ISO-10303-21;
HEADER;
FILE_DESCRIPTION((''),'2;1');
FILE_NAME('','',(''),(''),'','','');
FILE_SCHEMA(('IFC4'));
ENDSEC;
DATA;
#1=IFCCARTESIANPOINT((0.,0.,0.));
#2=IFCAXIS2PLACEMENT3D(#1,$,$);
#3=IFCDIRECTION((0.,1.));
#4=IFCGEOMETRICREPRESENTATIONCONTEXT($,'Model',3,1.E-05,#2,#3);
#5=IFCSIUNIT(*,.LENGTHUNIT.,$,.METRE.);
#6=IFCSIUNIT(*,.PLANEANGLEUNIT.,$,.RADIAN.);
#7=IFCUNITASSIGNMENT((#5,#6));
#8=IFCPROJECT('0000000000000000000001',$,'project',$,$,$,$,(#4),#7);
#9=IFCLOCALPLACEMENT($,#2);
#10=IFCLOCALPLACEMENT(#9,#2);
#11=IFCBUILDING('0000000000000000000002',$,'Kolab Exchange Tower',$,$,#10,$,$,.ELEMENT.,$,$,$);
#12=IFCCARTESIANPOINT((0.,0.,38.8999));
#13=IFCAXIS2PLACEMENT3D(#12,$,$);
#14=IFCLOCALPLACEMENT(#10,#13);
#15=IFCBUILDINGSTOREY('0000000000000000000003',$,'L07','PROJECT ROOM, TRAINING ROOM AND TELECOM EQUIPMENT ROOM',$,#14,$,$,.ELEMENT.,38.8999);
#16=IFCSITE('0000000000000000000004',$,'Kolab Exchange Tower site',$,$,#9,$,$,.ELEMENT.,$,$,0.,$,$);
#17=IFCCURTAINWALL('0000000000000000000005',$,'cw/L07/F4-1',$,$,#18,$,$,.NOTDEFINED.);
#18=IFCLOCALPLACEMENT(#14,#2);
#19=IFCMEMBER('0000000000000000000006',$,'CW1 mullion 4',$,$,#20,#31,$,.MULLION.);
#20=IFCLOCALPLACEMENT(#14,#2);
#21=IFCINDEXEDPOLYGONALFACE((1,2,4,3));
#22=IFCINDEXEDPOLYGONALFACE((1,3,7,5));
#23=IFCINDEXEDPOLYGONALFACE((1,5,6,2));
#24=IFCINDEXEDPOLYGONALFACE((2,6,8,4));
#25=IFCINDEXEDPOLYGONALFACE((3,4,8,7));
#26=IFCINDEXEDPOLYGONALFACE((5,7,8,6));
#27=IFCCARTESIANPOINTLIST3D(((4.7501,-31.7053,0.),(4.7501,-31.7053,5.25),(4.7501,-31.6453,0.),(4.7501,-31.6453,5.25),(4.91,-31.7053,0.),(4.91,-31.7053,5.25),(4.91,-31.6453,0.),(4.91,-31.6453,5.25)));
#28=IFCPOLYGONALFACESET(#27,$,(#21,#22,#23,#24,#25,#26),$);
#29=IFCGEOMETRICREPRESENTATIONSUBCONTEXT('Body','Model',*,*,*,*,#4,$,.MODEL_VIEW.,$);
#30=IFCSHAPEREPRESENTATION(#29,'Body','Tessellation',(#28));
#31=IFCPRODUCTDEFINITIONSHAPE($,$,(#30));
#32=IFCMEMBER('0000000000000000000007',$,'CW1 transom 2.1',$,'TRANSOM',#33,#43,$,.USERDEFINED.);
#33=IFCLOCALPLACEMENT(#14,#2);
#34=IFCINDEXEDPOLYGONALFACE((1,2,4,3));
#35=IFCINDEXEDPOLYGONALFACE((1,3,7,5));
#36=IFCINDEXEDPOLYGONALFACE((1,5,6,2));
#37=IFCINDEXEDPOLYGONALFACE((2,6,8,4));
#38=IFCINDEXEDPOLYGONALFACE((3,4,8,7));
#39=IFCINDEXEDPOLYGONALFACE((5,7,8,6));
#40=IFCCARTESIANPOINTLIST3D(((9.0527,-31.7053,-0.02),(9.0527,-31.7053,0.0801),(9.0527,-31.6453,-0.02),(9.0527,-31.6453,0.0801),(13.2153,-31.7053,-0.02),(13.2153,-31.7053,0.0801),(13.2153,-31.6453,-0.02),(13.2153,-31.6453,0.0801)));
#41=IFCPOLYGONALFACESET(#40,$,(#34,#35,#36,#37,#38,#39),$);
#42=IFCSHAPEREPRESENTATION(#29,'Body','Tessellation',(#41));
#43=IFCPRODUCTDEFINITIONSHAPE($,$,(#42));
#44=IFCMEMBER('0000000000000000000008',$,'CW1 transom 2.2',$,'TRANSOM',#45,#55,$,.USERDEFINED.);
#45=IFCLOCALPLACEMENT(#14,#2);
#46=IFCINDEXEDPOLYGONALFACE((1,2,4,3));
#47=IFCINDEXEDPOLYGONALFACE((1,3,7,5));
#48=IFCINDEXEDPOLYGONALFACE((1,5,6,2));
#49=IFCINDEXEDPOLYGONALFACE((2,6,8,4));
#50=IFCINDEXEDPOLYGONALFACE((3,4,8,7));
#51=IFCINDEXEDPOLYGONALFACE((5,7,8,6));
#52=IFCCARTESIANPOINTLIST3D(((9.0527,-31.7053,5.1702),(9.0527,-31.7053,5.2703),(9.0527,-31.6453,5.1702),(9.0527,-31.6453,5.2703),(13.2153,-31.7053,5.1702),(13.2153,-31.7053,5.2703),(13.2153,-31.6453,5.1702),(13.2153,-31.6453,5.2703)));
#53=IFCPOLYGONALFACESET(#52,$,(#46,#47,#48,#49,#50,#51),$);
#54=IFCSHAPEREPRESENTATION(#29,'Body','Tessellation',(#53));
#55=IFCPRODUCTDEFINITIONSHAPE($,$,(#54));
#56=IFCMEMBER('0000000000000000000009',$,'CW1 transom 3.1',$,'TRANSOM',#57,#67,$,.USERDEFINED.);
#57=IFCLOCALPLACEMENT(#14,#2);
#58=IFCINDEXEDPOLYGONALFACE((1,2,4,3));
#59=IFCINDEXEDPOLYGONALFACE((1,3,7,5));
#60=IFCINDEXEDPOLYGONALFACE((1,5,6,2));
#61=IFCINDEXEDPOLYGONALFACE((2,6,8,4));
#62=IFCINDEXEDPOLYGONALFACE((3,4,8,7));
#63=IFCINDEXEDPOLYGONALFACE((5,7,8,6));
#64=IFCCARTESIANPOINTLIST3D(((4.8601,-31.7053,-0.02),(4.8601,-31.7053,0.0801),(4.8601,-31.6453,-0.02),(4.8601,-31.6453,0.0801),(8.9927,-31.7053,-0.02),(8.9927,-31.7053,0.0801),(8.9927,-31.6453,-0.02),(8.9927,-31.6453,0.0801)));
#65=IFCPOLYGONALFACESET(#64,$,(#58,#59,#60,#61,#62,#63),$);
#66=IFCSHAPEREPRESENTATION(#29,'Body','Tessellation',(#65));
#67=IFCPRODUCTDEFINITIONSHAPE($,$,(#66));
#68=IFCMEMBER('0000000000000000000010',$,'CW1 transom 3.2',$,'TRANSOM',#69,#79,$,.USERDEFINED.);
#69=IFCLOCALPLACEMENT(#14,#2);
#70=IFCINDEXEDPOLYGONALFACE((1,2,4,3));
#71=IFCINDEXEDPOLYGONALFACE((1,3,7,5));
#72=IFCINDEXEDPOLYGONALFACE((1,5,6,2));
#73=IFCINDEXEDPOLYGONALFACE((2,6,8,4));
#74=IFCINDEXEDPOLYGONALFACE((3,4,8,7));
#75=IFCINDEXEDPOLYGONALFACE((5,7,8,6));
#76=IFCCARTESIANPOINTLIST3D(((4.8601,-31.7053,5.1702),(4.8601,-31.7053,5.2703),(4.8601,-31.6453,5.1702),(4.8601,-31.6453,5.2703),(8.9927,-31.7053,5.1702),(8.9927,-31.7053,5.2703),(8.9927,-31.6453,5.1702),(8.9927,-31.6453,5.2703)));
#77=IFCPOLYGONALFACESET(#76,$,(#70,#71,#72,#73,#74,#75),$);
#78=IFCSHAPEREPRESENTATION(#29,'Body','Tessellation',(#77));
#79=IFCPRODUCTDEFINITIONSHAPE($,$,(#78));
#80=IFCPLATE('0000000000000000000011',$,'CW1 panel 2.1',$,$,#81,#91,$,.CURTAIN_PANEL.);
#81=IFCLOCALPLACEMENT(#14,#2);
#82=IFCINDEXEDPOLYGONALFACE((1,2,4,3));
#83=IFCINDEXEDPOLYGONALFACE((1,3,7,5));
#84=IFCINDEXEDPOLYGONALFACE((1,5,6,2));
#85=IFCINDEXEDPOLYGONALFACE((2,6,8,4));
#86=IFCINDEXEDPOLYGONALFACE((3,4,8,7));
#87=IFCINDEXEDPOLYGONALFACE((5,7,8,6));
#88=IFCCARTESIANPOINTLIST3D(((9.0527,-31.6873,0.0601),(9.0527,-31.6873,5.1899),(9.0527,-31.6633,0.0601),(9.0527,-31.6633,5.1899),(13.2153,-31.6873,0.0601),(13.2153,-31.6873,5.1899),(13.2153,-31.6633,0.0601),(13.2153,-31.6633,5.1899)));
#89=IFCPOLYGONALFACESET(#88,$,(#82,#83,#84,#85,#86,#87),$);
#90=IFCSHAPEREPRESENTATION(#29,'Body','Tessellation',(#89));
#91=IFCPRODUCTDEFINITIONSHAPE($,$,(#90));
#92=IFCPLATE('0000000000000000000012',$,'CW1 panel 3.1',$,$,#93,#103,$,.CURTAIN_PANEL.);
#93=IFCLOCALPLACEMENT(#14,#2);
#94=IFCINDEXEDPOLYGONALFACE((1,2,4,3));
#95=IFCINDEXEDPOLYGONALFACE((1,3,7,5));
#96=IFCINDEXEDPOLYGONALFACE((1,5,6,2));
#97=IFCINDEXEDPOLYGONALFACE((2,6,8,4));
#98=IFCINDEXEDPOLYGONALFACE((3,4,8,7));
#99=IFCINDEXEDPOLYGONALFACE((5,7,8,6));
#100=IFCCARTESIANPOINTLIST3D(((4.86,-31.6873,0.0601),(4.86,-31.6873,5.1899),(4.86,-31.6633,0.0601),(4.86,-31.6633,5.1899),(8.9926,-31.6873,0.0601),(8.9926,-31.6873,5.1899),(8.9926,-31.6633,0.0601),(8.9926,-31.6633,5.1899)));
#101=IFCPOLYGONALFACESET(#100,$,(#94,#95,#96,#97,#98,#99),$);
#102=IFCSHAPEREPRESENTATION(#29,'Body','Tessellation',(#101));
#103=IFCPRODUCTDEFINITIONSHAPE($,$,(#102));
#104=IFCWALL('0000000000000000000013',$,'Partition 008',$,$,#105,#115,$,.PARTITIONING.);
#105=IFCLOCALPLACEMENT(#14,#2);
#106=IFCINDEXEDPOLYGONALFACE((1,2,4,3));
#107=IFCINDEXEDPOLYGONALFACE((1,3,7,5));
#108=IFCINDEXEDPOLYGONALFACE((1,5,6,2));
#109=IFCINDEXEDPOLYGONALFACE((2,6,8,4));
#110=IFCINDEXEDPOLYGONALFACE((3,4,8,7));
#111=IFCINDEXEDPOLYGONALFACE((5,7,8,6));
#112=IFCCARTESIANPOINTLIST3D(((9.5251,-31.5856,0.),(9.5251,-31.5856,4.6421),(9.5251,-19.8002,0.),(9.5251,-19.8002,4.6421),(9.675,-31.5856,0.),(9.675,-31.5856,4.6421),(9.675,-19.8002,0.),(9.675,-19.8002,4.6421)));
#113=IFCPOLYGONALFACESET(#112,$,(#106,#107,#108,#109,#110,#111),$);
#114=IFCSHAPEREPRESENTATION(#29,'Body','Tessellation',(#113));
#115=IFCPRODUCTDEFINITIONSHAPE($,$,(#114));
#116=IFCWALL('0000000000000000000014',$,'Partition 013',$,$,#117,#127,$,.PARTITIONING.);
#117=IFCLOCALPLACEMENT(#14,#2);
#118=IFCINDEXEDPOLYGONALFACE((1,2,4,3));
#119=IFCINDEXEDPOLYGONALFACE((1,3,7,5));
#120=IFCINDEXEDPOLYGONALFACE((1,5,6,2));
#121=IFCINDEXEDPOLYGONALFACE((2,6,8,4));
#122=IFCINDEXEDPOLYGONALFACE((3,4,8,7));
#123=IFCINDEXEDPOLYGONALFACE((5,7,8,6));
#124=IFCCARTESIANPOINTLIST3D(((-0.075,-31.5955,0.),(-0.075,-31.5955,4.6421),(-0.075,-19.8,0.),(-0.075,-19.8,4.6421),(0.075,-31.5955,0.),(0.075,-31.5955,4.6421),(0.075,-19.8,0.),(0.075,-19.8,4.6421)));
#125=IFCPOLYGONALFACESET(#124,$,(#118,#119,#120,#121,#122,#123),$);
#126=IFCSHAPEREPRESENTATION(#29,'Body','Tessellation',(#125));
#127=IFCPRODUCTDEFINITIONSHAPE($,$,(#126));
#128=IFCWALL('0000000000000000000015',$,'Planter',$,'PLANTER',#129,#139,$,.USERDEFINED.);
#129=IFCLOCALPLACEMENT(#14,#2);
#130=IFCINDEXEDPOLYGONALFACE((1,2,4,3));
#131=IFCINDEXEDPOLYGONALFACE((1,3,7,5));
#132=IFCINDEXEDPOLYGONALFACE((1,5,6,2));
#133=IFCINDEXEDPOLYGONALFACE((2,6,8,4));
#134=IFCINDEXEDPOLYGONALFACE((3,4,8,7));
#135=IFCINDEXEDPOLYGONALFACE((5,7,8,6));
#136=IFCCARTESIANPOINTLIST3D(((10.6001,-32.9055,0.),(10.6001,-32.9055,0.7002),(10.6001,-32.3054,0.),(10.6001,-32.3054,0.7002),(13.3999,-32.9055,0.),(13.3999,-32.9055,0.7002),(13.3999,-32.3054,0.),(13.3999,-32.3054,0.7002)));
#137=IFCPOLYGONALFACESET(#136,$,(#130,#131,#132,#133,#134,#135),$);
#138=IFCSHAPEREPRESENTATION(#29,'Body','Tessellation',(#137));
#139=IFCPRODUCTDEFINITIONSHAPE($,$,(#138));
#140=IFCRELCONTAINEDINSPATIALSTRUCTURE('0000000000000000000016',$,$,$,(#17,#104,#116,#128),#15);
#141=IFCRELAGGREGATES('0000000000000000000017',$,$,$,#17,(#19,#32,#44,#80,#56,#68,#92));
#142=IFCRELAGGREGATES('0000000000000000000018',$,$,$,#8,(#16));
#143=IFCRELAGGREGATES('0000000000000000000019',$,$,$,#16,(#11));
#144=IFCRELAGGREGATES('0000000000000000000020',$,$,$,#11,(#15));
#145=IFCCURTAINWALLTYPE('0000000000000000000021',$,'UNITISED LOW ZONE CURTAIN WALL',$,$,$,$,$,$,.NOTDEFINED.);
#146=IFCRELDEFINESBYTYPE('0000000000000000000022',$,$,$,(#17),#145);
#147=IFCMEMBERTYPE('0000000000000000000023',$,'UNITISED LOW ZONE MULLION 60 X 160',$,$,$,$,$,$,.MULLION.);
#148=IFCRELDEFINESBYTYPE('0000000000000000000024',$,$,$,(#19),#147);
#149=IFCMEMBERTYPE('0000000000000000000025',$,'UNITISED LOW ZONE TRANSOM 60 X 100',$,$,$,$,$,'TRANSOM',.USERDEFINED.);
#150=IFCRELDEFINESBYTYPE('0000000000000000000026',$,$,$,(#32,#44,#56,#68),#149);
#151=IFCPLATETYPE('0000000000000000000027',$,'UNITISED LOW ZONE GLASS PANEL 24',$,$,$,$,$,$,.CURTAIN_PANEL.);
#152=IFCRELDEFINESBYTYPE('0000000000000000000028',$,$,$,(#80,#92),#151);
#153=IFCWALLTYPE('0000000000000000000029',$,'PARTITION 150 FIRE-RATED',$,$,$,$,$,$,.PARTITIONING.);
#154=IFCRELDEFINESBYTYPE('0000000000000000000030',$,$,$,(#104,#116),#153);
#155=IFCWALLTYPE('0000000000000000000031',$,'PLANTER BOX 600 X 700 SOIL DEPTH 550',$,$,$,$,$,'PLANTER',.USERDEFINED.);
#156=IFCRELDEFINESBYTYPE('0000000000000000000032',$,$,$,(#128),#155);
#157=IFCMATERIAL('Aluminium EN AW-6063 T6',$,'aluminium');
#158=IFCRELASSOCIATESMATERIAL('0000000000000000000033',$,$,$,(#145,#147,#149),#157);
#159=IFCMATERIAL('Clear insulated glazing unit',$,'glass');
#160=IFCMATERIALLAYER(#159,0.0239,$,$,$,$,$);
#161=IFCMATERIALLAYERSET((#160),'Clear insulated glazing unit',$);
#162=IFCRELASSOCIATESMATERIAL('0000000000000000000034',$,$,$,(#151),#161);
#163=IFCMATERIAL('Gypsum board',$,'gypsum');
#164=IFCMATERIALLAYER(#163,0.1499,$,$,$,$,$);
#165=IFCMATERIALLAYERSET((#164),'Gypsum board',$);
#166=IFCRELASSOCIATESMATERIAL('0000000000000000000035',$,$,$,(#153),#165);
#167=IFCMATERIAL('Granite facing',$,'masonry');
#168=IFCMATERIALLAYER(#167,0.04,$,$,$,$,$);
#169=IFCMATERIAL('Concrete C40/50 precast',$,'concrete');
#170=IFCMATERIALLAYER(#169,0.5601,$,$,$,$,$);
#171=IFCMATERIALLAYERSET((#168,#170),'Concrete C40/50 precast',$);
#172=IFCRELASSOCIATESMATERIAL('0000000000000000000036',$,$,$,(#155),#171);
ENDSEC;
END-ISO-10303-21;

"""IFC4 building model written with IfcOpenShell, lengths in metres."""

from ifc_helpers import new_model, si_unit, direction, frame, frame_2d, origin, origin_2d, place, context, subcontext, project, spatial, rectangle, extrude, material, layer, layer_set, material_profile, profile_set, type_object, element, aggregate, save


model = new_model("IFC4")

# Units and contexts
model_context = context("Model", 3, precision=1e-05, world=origin(), true_north=direction((0.0, 1.0)))
body_context = subcontext(model_context, "Body", "Model", "MODEL_VIEW")
ifc_project = project(units=[si_unit("LENGTHUNIT", "METRE"), si_unit("PLANEANGLEUNIT", "RADIAN")], contexts=[model_context])

# Site, building, storey
site_placement = place(None, origin())
site = spatial("IfcSite", under=ifc_project, at=site_placement, Name="Kolab Exchange Tower site", CompositionType="ELEMENT", RefElevation=0.0)
building_placement = place(site_placement, origin())
building = spatial("IfcBuilding", under=site, at=building_placement, Name="Kolab Exchange Tower", CompositionType="ELEMENT")
storey_placement = place(building_placement, frame((0.0, 0.0, 38.8999)))
storey = spatial("IfcBuildingStorey", under=building, at=storey_placement, Name="L07", Description="PROJECT ROOM, TRAINING ROOM AND TELECOM EQUIPMENT ROOM", CompositionType="ELEMENT", Elevation=38.8999)

# Curtain wall, members, plates
ifc_material_1 = material(Name="Aluminium EN AW-6063 T6", Category="aluminium")
curtain_wall_type = type_object("IfcCurtainWallType", Name="UNITISED LOW ZONE CURTAIN WALL", PredefinedType="NOTDEFINED", material=ifc_material_1)
curtain_wall_placement = place(storey_placement, origin())
curtain_wall = element("IfcCurtainWall", 1, at=curtain_wall_placement, inside=storey, type_object=curtain_wall_type, Name="cw/L07/F4-1", PredefinedType="NOTDEFINED")
ifc_material_profile_1 = material_profile(ifc_material_1, rectangle(XDim=0.0601, YDim=0.1599, at=origin_2d()), Name="RECT 60X160")
ifc_profile_set_1 = profile_set([ifc_material_profile_1], Name="Aluminium EN AW-6063 T6")
member_type_1 = type_object("IfcMemberType", Name="UNITISED LOW ZONE MULLION 60 X 160", PredefinedType="MULLION", material=ifc_profile_set_1)
member_1_placement = place(storey_placement, frame((4.8301, -31.6753, 0.0), z_axis=(0.0, 0.0, 1.0), x_axis=(0.0, -1.0, 0.0)))
member_1 = element("IfcMember", 2, at=member_1_placement, type_object=member_type_1, Name="CW1 mullion 4", PredefinedType="MULLION", context=body_context, shape_type="SweptSolid", body=[
    extrude(rectangle(XDim=0.0601, YDim=0.1599, at=origin_2d()), origin(), (0.0, 0.0, 1.0), 5.25),
])
ifc_material_profile_2 = material_profile(ifc_material_1, rectangle(XDim=0.0601, YDim=0.1001, at=origin_2d()), Name="RECT 60X100")
ifc_profile_set_2 = profile_set([ifc_material_profile_2], Name="Aluminium EN AW-6063 T6")
member_type_2 = type_object("IfcMemberType", Name="UNITISED LOW ZONE TRANSOM 60 X 100", ElementType="TRANSOM", PredefinedType="USERDEFINED", material=ifc_profile_set_2)
member_2_placement = place(storey_placement, frame((13.2153, -31.6753, 0.03), z_axis=(-1.0, 0.0, 0.0), x_axis=(0.0, -1.0, 0.0)))
member_2 = element("IfcMember", 3, at=member_2_placement, type_object=member_type_2, Name="CW1 transom 2.1", ObjectType="TRANSOM", PredefinedType="USERDEFINED", context=body_context, shape_type="SweptSolid", body=[
    extrude(rectangle(XDim=0.0601, YDim=0.1001, at=origin_2d()), origin(), (0.0, 0.0, 1.0), 4.1626),
])
member_3_placement = place(storey_placement, frame((13.2153, -31.6753, 5.2202), z_axis=(-1.0, 0.0, 0.0), x_axis=(0.0, -1.0, 0.0)))
member_3 = element("IfcMember", 4, at=member_3_placement, type_object=member_type_2, Name="CW1 transom 2.2", ObjectType="TRANSOM", PredefinedType="USERDEFINED", context=body_context, shape_type="SweptSolid", body=[
    extrude(rectangle(XDim=0.0601, YDim=0.1001, at=origin_2d()), origin(), (0.0, 0.0, 1.0), 4.1626),
])
member_4_placement = place(storey_placement, frame((8.9927, -31.6753, 0.03), z_axis=(-1.0, 0.0, 0.0), x_axis=(0.0, -1.0, 0.0)))
member_4 = element("IfcMember", 5, at=member_4_placement, type_object=member_type_2, Name="CW1 transom 3.1", ObjectType="TRANSOM", PredefinedType="USERDEFINED", context=body_context, shape_type="SweptSolid", body=[
    extrude(rectangle(XDim=0.0601, YDim=0.1001, at=origin_2d()), origin(), (0.0, 0.0, 1.0), 4.1326),
])
member_5_placement = place(storey_placement, frame((8.9927, -31.6753, 5.2202), z_axis=(-1.0, 0.0, 0.0), x_axis=(0.0, -1.0, 0.0)))
member_5 = element("IfcMember", 6, at=member_5_placement, type_object=member_type_2, Name="CW1 transom 3.2", ObjectType="TRANSOM", PredefinedType="USERDEFINED", context=body_context, shape_type="SweptSolid", body=[
    extrude(rectangle(XDim=0.0601, YDim=0.1001, at=origin_2d()), origin(), (0.0, 0.0, 1.0), 4.1326),
])
ifc_material_2 = material(Name="Clear insulated glazing unit", Category="glass")
ifc_layer_1 = layer(ifc_material_2, 0.0239)
ifc_layer_set_1 = layer_set([ifc_layer_1], Name="Clear insulated glazing unit")
plate_type = type_object("IfcPlateType", Name="UNITISED LOW ZONE GLASS PANEL 24", PredefinedType="CURTAIN_PANEL", material=ifc_layer_set_1)
plate_1_placement = place(storey_placement, frame((11.134, -31.6753, 0.0601), z_axis=(0.0, 0.0, 1.0), x_axis=(-1.0, 0.0, 0.0)))
plate_1 = element("IfcPlate", 7, at=plate_1_placement, type_object=plate_type, Name="CW1 panel 2.1", PredefinedType="CURTAIN_PANEL", context=body_context, shape_type="SweptSolid", body=[
    extrude(rectangle(XDim=4.1626, YDim=0.0239, at=origin_2d()), origin(), (0.0, 0.0, 1.0), 5.1299),
])
plate_2_placement = place(storey_placement, frame((6.9263, -31.6753, 0.0601), z_axis=(0.0, 0.0, 1.0), x_axis=(-1.0, 0.0, 0.0)))
plate_2 = element("IfcPlate", 8, at=plate_2_placement, type_object=plate_type, Name="CW1 panel 3.1", PredefinedType="CURTAIN_PANEL", context=body_context, shape_type="SweptSolid", body=[
    extrude(rectangle(XDim=4.1326, YDim=0.0239, at=origin_2d()), origin(), (0.0, 0.0, 1.0), 5.1299),
])
aggregate(curtain_wall, [member_1, member_2, member_3, plate_1, member_4, member_5, plate_2])

# Walls
ifc_material_3 = material(Name="Gypsum board", Category="gypsum")
ifc_layer_2 = layer(ifc_material_3, 0.1499)
ifc_layer_set_2 = layer_set([ifc_layer_2], Name="Gypsum board")
wall_type_1 = type_object("IfcWallType", Name="PARTITION 150 FIRE-RATED", PredefinedType="PARTITIONING", material=ifc_layer_set_2)
wall_1_placement = place(storey_placement, frame((9.6001, -31.5854, 0.0), z_axis=(0.0, 0.0, 1.0), x_axis=(0.0, 1.0, 0.0)))
element("IfcWall", 9, at=wall_1_placement, inside=storey, type_object=wall_type_1, Name="Partition 008", PredefinedType="PARTITIONING", context=body_context, shape_type="SweptSolid", body=[
    extrude(rectangle(XDim=11.7854, YDim=0.1499, at=frame_2d((5.8926, 0.0))), origin(), (0.0, 0.0, 1.0), 4.6421),
])
wall_2_placement = place(storey_placement, frame((0.0, -31.5955, 0.0), z_axis=(0.0, 0.0, 1.0), x_axis=(0.0, 1.0, 0.0)))
element("IfcWall", 10, at=wall_2_placement, inside=storey, type_object=wall_type_1, Name="Partition 013", PredefinedType="PARTITIONING", context=body_context, shape_type="SweptSolid", body=[
    extrude(rectangle(XDim=11.7954, YDim=0.1499, at=frame_2d((5.8977, 0.0))), origin(), (0.0, 0.0, 1.0), 4.6421),
])
ifc_material_4 = material(Name="Granite facing", Category="masonry")
ifc_layer_3 = layer(ifc_material_4, 0.04)
ifc_material_5 = material(Name="Concrete C40/50 precast", Category="concrete")
ifc_layer_4 = layer(ifc_material_5, 0.5601)
ifc_layer_set_3 = layer_set([ifc_layer_3, ifc_layer_4], Name="Concrete C40/50 precast")
wall_type_2 = type_object("IfcWallType", Name="PLANTER BOX 600 X 700 SOIL DEPTH 550", ElementType="PLANTER", PredefinedType="USERDEFINED", material=ifc_layer_set_3)
wall_3_placement = place(storey_placement, frame((13.3999, -32.6055, 0.0), z_axis=(0.0, 0.0, 1.0), x_axis=(-1.0, 0.0, 0.0)))
element("IfcWall", 11, at=wall_3_placement, inside=storey, type_object=wall_type_2, Name="Planter", ObjectType="PLANTER", PredefinedType="USERDEFINED", context=body_context, shape_type="SweptSolid", body=[
    extrude(rectangle(XDim=2.7998, YDim=0.6001, at=frame_2d((1.3999, 0.0))), origin(), (0.0, 0.0, 1.0), 0.7002),
])

save(model, "model.ifc")
